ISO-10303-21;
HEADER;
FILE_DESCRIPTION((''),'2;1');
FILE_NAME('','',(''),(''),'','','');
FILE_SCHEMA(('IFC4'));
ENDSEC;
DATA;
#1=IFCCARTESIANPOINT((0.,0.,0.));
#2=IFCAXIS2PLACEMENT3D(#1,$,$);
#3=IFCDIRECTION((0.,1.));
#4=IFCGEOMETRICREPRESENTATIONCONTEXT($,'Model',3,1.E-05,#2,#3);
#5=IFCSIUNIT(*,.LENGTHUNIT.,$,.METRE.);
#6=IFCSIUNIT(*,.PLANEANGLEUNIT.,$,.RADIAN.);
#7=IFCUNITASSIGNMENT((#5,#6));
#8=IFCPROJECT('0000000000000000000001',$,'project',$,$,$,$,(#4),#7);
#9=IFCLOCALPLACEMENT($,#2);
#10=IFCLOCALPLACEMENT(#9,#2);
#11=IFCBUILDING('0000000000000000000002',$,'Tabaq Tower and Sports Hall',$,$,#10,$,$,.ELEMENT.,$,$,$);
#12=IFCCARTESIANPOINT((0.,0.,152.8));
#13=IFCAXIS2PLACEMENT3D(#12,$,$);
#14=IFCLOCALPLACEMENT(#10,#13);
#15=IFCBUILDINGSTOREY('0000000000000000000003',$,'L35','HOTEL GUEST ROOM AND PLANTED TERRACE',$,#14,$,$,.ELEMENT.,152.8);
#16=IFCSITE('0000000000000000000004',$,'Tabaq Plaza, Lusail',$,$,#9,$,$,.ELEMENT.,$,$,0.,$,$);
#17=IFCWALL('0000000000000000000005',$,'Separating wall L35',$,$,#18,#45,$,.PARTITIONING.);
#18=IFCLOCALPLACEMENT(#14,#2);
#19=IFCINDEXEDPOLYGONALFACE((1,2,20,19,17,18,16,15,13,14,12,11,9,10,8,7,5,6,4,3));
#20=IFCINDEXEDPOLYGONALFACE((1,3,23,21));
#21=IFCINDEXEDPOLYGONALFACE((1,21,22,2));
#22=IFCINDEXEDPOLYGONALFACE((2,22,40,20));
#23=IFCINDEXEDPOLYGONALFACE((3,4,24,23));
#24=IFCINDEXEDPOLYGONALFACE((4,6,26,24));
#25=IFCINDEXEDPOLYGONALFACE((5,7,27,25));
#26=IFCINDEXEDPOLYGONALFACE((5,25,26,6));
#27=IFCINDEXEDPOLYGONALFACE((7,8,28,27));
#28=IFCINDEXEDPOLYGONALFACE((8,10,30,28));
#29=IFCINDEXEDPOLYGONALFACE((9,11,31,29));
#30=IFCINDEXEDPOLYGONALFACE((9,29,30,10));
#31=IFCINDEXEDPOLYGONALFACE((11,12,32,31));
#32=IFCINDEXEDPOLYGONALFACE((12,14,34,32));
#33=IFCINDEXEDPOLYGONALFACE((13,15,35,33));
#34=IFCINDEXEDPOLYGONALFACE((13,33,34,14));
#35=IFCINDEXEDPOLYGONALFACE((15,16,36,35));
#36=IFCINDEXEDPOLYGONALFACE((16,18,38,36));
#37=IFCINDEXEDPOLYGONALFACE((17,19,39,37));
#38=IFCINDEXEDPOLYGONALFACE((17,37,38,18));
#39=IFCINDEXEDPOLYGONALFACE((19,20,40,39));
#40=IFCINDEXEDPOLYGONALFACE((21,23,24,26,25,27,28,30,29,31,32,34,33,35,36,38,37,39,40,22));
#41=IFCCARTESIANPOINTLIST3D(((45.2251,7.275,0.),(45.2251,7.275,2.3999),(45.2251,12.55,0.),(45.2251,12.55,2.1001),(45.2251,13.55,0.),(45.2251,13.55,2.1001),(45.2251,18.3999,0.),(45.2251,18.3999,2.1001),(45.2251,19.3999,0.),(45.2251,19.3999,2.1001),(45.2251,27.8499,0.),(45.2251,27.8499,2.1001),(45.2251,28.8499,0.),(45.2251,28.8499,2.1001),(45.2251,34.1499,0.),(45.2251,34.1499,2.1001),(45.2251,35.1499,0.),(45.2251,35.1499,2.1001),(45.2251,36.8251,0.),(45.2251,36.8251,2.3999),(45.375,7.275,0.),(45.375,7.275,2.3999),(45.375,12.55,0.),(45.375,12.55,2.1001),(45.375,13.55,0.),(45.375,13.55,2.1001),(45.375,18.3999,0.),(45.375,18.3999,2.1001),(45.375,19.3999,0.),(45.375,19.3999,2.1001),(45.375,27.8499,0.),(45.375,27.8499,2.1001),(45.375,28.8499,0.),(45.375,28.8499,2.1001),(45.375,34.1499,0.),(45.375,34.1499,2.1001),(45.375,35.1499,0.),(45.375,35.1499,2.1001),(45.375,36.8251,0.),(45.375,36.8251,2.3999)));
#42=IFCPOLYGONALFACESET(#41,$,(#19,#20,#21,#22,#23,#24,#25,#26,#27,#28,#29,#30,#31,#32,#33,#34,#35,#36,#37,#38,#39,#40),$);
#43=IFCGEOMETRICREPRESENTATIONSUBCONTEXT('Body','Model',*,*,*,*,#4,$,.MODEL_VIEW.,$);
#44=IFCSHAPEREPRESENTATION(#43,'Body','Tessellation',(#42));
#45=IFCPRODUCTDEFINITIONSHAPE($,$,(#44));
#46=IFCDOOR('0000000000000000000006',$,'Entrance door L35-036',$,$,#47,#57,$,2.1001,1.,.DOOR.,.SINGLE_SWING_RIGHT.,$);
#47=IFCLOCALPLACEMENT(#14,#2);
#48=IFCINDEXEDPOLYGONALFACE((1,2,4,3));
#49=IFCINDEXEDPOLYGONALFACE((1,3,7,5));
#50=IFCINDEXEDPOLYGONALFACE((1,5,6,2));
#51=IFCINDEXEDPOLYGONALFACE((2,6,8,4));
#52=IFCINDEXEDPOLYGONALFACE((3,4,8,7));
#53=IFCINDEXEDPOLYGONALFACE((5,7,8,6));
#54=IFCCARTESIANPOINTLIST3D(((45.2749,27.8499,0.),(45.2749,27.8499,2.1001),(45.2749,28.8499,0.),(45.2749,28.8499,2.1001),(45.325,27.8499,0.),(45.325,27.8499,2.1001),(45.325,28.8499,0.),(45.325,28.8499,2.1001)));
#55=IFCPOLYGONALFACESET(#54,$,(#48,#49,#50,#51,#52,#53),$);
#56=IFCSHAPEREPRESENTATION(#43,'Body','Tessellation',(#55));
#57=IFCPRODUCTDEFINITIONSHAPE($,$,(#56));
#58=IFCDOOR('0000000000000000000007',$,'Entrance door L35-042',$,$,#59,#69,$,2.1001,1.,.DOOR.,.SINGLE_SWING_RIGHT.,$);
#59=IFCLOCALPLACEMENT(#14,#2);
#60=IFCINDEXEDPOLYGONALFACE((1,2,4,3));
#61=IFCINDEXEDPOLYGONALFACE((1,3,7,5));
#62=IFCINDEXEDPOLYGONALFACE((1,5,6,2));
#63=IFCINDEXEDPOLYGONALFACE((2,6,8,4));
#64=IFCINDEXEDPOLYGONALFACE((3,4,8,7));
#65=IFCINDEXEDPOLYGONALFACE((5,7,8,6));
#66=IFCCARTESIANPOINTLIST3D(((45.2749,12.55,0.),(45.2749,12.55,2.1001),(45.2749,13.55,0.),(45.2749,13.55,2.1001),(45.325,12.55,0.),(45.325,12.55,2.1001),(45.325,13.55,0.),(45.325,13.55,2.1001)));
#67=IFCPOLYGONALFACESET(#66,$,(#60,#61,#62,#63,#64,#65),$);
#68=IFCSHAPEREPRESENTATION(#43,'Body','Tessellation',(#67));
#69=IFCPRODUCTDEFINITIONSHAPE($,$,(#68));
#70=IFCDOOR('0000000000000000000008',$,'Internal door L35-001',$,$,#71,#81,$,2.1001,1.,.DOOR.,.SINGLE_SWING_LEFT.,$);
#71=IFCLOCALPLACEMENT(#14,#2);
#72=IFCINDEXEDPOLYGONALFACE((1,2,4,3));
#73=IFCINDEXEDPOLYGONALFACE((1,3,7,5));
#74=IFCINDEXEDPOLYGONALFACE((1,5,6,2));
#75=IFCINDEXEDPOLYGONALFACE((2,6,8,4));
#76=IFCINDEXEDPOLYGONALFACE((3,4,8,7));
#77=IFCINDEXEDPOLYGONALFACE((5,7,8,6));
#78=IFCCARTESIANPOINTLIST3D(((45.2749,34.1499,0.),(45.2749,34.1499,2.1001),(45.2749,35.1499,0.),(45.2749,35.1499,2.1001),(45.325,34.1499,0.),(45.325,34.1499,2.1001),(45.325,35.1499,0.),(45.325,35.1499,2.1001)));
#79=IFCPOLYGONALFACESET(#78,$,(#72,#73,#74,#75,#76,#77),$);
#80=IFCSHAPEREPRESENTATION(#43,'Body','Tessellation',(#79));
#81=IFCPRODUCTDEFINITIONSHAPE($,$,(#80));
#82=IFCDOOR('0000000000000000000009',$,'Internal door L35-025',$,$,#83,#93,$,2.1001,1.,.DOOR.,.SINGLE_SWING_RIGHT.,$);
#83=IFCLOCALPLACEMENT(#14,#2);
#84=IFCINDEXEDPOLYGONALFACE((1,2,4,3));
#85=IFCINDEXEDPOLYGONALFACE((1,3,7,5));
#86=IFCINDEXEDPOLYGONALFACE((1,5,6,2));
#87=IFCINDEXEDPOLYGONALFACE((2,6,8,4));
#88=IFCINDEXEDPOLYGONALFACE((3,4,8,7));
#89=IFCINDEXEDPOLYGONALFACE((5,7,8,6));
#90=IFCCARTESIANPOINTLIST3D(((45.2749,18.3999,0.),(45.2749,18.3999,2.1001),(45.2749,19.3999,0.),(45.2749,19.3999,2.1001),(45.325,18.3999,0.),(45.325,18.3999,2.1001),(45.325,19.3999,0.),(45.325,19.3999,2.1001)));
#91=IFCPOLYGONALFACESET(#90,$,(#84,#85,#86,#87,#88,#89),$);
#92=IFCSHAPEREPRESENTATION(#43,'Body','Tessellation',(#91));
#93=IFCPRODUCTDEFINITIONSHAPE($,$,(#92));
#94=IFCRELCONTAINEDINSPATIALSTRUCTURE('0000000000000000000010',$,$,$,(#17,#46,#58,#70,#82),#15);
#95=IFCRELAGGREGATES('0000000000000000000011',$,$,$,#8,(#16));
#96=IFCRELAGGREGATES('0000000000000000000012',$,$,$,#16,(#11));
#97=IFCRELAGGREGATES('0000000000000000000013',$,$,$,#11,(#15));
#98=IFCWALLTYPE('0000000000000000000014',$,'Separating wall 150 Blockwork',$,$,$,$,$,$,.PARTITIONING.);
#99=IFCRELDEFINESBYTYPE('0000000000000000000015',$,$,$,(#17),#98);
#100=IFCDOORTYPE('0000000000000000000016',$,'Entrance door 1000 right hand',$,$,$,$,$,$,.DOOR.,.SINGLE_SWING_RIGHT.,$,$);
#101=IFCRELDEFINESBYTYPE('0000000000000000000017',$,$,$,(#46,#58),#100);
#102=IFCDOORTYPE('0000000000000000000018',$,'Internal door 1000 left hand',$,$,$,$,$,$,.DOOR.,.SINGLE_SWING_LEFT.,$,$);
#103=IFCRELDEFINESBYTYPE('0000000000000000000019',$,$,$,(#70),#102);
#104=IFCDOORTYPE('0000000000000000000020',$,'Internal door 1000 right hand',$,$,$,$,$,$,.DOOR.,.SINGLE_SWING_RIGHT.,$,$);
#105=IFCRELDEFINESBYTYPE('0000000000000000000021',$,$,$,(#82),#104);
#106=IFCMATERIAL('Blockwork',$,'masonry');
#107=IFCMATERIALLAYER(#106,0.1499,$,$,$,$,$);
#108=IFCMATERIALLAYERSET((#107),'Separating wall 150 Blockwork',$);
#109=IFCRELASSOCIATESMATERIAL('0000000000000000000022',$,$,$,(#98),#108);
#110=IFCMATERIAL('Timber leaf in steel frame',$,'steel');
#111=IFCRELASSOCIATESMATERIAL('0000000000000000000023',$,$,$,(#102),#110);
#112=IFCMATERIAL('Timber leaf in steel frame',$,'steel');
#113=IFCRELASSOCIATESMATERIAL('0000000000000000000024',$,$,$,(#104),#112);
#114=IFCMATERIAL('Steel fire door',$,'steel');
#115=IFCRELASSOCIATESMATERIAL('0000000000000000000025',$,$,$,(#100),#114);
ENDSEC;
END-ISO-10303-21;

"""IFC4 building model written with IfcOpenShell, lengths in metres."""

from ifc_helpers import new_model, si_unit, direction, frame, frame_2d, origin, place, context, subcontext, project, spatial, rectangle, extrude, material, layer, layer_set, type_object, element, fill, save


model = new_model("IFC4")

# Units and contexts
model_context = context("Model", 3, precision=1e-05, world=origin(), true_north=direction((0.0, 1.0)))
body_context = subcontext(model_context, "Body", "Model", "MODEL_VIEW")
ifc_project = project(units=[si_unit("LENGTHUNIT", "METRE"), si_unit("PLANEANGLEUNIT", "RADIAN")], contexts=[model_context])

# Site, building, storey
site_placement = place(None, origin())
site = spatial("IfcSite", under=ifc_project, at=site_placement, Name="Tabaq Plaza, Lusail", CompositionType="ELEMENT", RefElevation=0.0)
building_placement = place(site_placement, origin())
building = spatial("IfcBuilding", under=site, at=building_placement, Name="Tabaq Tower and Sports Hall", CompositionType="ELEMENT")
storey_placement = place(building_placement, frame((0.0, 0.0, 152.8)))
storey = spatial("IfcBuildingStorey", under=building, at=storey_placement, Name="L35", Description="HOTEL GUEST ROOM AND PLANTED TERRACE", CompositionType="ELEMENT", Elevation=152.8)

# Shared definitions
ifc_material_1 = material(Name="Blockwork", Category="masonry")
ifc_layer_1 = layer(ifc_material_1, 0.1499)
ifc_layer_set_1 = layer_set([ifc_layer_1], Name="Separating wall 150 Blockwork")
wall_type_1 = type_object("IfcWallType", Name="Separating wall 150 Blockwork", PredefinedType="PARTITIONING", material=ifc_layer_set_1)
ifc_material_2 = material(Name="Timber leaf in steel frame", Category="steel")
door_type_1 = type_object("IfcDoorType", Name="Internal door 1000 left hand", OperationType="SINGLE_SWING_LEFT", PredefinedType="DOOR", material=ifc_material_2)
ifc_material_3 = material(Name="Timber leaf in steel frame", Category="steel")
door_type_2 = type_object("IfcDoorType", Name="Internal door 1000 right hand", OperationType="SINGLE_SWING_RIGHT", PredefinedType="DOOR", material=ifc_material_3)

# Wall, openings, doors
wall_1_placement = place(storey_placement, frame((45.3, 36.825, 0.0), z_axis=(0.0, 0.0, 1.0), x_axis=(0.0, -1.0, 0.0)))
wall_1 = element("IfcWall", 1, at=wall_1_placement, inside=storey, type_object=wall_type_1, Name="Separating wall L35", PredefinedType="PARTITIONING", context=body_context, shape_type="SweptSolid", body=[
    extrude(rectangle(XDim=29.55, YDim=0.1499, at=frame_2d((14.7749, 0.0))), origin(), (0.0, 0.0, 1.0), 2.3999),
])
opening_1_placement = place(wall_1_placement, frame((1.675, 0.0, 0.0)))
opening_1 = element("IfcOpeningElement", 2, at=opening_1_placement, cuts=wall_1, PredefinedType="OPENING", context=body_context, shape_type="SweptSolid", body=[
    extrude(rectangle(XDim=1.0, YDim=2.1001, at=frame_2d((0.5, 1.05))), frame((0.0, 0.075, 0.0), z_axis=(0.0, -1.0, 0.0), x_axis=(1.0, 0.0, 0.0)), (0.0, 0.0, 1.0), 0.1499),
])
opening_2_placement = place(wall_1_placement, frame((17.425, 0.0, 0.0)))
opening_2 = element("IfcOpeningElement", 3, at=opening_2_placement, cuts=wall_1, PredefinedType="OPENING", context=body_context, shape_type="SweptSolid", body=[
    extrude(rectangle(XDim=1.0, YDim=2.1001, at=frame_2d((0.5, 1.05))), frame((0.0, 0.075, 0.0), z_axis=(0.0, -1.0, 0.0), x_axis=(1.0, 0.0, 0.0)), (0.0, 0.0, 1.0), 0.1499),
])
opening_3_placement = place(wall_1_placement, frame((7.9751, 0.0, 0.0)))
opening_3 = element("IfcOpeningElement", 4, at=opening_3_placement, cuts=wall_1, PredefinedType="OPENING", context=body_context, shape_type="SweptSolid", body=[
    extrude(rectangle(XDim=1.0, YDim=2.1001, at=frame_2d((0.5, 1.05))), frame((0.0, 0.075, 0.0), z_axis=(0.0, -1.0, 0.0), x_axis=(1.0, 0.0, 0.0)), (0.0, 0.0, 1.0), 0.1499),
])
opening_4_placement = place(wall_1_placement, frame((23.2749, 0.0, 0.0)))
opening_4 = element("IfcOpeningElement", 5, at=opening_4_placement, cuts=wall_1, PredefinedType="OPENING", context=body_context, shape_type="SweptSolid", body=[
    extrude(rectangle(XDim=1.0, YDim=2.1001, at=frame_2d((0.5, 1.05))), frame((0.0, 0.075, 0.0), z_axis=(0.0, -1.0, 0.0), x_axis=(1.0, 0.0, 0.0)), (0.0, 0.0, 1.0), 0.1499),
])
ifc_material_4 = material(Name="Steel fire door", Category="steel")
door_type_3 = type_object("IfcDoorType", Name="Entrance door 1000 right hand", OperationType="SINGLE_SWING_RIGHT", PredefinedType="DOOR", material=ifc_material_4)
door_1_placement = place(opening_3_placement, origin())
door_1 = element("IfcDoor", 6, at=door_1_placement, inside=storey, type_object=door_type_3, Name="Entrance door L35-036", OperationType="SINGLE_SWING_RIGHT", OverallHeight=2.1001, OverallWidth=1.0, PredefinedType="DOOR", context=body_context, shape_type="SweptSolid", body=[
    extrude(rectangle(XDim=1.0, YDim=2.1001, at=frame_2d((0.5, 1.05))), frame((0.0, 0.0249, 0.0), z_axis=(0.0, -1.0, 0.0), x_axis=(1.0, 0.0, 0.0)), (0.0, 0.0, 1.0), 0.05),
])
fill(opening_3, door_1)
door_2_placement = place(opening_4_placement, origin())
door_2 = element("IfcDoor", 7, at=door_2_placement, inside=storey, type_object=door_type_3, Name="Entrance door L35-042", OperationType="SINGLE_SWING_RIGHT", OverallHeight=2.1001, OverallWidth=1.0, PredefinedType="DOOR", context=body_context, shape_type="SweptSolid", body=[
    extrude(rectangle(XDim=1.0, YDim=2.1001, at=frame_2d((0.5, 1.05))), frame((0.0, 0.0249, 0.0), z_axis=(0.0, -1.0, 0.0), x_axis=(1.0, 0.0, 0.0)), (0.0, 0.0, 1.0), 0.05),
])
fill(opening_4, door_2)
door_3_placement = place(opening_1_placement, origin())
door_3 = element("IfcDoor", 8, at=door_3_placement, inside=storey, type_object=door_type_1, Name="Internal door L35-001", OperationType="SINGLE_SWING_LEFT", OverallHeight=2.1001, OverallWidth=1.0, PredefinedType="DOOR", context=body_context, shape_type="SweptSolid", body=[
    extrude(rectangle(XDim=1.0, YDim=2.1001, at=frame_2d((0.5, 1.05))), frame((0.0, 0.0249, 0.0), z_axis=(0.0, -1.0, 0.0), x_axis=(1.0, 0.0, 0.0)), (0.0, 0.0, 1.0), 0.05),
])
fill(opening_1, door_3)
door_4_placement = place(opening_2_placement, origin())
door_4 = element("IfcDoor", 9, at=door_4_placement, inside=storey, type_object=door_type_2, Name="Internal door L35-025", OperationType="SINGLE_SWING_RIGHT", OverallHeight=2.1001, OverallWidth=1.0, PredefinedType="DOOR", context=body_context, shape_type="SweptSolid", body=[
    extrude(rectangle(XDim=1.0, YDim=2.1001, at=frame_2d((0.5, 1.05))), frame((0.0, 0.0249, 0.0), z_axis=(0.0, -1.0, 0.0), x_axis=(1.0, 0.0, 0.0)), (0.0, 0.0, 1.0), 0.05),
])
fill(opening_2, door_4)

save(model, "model.ifc")
